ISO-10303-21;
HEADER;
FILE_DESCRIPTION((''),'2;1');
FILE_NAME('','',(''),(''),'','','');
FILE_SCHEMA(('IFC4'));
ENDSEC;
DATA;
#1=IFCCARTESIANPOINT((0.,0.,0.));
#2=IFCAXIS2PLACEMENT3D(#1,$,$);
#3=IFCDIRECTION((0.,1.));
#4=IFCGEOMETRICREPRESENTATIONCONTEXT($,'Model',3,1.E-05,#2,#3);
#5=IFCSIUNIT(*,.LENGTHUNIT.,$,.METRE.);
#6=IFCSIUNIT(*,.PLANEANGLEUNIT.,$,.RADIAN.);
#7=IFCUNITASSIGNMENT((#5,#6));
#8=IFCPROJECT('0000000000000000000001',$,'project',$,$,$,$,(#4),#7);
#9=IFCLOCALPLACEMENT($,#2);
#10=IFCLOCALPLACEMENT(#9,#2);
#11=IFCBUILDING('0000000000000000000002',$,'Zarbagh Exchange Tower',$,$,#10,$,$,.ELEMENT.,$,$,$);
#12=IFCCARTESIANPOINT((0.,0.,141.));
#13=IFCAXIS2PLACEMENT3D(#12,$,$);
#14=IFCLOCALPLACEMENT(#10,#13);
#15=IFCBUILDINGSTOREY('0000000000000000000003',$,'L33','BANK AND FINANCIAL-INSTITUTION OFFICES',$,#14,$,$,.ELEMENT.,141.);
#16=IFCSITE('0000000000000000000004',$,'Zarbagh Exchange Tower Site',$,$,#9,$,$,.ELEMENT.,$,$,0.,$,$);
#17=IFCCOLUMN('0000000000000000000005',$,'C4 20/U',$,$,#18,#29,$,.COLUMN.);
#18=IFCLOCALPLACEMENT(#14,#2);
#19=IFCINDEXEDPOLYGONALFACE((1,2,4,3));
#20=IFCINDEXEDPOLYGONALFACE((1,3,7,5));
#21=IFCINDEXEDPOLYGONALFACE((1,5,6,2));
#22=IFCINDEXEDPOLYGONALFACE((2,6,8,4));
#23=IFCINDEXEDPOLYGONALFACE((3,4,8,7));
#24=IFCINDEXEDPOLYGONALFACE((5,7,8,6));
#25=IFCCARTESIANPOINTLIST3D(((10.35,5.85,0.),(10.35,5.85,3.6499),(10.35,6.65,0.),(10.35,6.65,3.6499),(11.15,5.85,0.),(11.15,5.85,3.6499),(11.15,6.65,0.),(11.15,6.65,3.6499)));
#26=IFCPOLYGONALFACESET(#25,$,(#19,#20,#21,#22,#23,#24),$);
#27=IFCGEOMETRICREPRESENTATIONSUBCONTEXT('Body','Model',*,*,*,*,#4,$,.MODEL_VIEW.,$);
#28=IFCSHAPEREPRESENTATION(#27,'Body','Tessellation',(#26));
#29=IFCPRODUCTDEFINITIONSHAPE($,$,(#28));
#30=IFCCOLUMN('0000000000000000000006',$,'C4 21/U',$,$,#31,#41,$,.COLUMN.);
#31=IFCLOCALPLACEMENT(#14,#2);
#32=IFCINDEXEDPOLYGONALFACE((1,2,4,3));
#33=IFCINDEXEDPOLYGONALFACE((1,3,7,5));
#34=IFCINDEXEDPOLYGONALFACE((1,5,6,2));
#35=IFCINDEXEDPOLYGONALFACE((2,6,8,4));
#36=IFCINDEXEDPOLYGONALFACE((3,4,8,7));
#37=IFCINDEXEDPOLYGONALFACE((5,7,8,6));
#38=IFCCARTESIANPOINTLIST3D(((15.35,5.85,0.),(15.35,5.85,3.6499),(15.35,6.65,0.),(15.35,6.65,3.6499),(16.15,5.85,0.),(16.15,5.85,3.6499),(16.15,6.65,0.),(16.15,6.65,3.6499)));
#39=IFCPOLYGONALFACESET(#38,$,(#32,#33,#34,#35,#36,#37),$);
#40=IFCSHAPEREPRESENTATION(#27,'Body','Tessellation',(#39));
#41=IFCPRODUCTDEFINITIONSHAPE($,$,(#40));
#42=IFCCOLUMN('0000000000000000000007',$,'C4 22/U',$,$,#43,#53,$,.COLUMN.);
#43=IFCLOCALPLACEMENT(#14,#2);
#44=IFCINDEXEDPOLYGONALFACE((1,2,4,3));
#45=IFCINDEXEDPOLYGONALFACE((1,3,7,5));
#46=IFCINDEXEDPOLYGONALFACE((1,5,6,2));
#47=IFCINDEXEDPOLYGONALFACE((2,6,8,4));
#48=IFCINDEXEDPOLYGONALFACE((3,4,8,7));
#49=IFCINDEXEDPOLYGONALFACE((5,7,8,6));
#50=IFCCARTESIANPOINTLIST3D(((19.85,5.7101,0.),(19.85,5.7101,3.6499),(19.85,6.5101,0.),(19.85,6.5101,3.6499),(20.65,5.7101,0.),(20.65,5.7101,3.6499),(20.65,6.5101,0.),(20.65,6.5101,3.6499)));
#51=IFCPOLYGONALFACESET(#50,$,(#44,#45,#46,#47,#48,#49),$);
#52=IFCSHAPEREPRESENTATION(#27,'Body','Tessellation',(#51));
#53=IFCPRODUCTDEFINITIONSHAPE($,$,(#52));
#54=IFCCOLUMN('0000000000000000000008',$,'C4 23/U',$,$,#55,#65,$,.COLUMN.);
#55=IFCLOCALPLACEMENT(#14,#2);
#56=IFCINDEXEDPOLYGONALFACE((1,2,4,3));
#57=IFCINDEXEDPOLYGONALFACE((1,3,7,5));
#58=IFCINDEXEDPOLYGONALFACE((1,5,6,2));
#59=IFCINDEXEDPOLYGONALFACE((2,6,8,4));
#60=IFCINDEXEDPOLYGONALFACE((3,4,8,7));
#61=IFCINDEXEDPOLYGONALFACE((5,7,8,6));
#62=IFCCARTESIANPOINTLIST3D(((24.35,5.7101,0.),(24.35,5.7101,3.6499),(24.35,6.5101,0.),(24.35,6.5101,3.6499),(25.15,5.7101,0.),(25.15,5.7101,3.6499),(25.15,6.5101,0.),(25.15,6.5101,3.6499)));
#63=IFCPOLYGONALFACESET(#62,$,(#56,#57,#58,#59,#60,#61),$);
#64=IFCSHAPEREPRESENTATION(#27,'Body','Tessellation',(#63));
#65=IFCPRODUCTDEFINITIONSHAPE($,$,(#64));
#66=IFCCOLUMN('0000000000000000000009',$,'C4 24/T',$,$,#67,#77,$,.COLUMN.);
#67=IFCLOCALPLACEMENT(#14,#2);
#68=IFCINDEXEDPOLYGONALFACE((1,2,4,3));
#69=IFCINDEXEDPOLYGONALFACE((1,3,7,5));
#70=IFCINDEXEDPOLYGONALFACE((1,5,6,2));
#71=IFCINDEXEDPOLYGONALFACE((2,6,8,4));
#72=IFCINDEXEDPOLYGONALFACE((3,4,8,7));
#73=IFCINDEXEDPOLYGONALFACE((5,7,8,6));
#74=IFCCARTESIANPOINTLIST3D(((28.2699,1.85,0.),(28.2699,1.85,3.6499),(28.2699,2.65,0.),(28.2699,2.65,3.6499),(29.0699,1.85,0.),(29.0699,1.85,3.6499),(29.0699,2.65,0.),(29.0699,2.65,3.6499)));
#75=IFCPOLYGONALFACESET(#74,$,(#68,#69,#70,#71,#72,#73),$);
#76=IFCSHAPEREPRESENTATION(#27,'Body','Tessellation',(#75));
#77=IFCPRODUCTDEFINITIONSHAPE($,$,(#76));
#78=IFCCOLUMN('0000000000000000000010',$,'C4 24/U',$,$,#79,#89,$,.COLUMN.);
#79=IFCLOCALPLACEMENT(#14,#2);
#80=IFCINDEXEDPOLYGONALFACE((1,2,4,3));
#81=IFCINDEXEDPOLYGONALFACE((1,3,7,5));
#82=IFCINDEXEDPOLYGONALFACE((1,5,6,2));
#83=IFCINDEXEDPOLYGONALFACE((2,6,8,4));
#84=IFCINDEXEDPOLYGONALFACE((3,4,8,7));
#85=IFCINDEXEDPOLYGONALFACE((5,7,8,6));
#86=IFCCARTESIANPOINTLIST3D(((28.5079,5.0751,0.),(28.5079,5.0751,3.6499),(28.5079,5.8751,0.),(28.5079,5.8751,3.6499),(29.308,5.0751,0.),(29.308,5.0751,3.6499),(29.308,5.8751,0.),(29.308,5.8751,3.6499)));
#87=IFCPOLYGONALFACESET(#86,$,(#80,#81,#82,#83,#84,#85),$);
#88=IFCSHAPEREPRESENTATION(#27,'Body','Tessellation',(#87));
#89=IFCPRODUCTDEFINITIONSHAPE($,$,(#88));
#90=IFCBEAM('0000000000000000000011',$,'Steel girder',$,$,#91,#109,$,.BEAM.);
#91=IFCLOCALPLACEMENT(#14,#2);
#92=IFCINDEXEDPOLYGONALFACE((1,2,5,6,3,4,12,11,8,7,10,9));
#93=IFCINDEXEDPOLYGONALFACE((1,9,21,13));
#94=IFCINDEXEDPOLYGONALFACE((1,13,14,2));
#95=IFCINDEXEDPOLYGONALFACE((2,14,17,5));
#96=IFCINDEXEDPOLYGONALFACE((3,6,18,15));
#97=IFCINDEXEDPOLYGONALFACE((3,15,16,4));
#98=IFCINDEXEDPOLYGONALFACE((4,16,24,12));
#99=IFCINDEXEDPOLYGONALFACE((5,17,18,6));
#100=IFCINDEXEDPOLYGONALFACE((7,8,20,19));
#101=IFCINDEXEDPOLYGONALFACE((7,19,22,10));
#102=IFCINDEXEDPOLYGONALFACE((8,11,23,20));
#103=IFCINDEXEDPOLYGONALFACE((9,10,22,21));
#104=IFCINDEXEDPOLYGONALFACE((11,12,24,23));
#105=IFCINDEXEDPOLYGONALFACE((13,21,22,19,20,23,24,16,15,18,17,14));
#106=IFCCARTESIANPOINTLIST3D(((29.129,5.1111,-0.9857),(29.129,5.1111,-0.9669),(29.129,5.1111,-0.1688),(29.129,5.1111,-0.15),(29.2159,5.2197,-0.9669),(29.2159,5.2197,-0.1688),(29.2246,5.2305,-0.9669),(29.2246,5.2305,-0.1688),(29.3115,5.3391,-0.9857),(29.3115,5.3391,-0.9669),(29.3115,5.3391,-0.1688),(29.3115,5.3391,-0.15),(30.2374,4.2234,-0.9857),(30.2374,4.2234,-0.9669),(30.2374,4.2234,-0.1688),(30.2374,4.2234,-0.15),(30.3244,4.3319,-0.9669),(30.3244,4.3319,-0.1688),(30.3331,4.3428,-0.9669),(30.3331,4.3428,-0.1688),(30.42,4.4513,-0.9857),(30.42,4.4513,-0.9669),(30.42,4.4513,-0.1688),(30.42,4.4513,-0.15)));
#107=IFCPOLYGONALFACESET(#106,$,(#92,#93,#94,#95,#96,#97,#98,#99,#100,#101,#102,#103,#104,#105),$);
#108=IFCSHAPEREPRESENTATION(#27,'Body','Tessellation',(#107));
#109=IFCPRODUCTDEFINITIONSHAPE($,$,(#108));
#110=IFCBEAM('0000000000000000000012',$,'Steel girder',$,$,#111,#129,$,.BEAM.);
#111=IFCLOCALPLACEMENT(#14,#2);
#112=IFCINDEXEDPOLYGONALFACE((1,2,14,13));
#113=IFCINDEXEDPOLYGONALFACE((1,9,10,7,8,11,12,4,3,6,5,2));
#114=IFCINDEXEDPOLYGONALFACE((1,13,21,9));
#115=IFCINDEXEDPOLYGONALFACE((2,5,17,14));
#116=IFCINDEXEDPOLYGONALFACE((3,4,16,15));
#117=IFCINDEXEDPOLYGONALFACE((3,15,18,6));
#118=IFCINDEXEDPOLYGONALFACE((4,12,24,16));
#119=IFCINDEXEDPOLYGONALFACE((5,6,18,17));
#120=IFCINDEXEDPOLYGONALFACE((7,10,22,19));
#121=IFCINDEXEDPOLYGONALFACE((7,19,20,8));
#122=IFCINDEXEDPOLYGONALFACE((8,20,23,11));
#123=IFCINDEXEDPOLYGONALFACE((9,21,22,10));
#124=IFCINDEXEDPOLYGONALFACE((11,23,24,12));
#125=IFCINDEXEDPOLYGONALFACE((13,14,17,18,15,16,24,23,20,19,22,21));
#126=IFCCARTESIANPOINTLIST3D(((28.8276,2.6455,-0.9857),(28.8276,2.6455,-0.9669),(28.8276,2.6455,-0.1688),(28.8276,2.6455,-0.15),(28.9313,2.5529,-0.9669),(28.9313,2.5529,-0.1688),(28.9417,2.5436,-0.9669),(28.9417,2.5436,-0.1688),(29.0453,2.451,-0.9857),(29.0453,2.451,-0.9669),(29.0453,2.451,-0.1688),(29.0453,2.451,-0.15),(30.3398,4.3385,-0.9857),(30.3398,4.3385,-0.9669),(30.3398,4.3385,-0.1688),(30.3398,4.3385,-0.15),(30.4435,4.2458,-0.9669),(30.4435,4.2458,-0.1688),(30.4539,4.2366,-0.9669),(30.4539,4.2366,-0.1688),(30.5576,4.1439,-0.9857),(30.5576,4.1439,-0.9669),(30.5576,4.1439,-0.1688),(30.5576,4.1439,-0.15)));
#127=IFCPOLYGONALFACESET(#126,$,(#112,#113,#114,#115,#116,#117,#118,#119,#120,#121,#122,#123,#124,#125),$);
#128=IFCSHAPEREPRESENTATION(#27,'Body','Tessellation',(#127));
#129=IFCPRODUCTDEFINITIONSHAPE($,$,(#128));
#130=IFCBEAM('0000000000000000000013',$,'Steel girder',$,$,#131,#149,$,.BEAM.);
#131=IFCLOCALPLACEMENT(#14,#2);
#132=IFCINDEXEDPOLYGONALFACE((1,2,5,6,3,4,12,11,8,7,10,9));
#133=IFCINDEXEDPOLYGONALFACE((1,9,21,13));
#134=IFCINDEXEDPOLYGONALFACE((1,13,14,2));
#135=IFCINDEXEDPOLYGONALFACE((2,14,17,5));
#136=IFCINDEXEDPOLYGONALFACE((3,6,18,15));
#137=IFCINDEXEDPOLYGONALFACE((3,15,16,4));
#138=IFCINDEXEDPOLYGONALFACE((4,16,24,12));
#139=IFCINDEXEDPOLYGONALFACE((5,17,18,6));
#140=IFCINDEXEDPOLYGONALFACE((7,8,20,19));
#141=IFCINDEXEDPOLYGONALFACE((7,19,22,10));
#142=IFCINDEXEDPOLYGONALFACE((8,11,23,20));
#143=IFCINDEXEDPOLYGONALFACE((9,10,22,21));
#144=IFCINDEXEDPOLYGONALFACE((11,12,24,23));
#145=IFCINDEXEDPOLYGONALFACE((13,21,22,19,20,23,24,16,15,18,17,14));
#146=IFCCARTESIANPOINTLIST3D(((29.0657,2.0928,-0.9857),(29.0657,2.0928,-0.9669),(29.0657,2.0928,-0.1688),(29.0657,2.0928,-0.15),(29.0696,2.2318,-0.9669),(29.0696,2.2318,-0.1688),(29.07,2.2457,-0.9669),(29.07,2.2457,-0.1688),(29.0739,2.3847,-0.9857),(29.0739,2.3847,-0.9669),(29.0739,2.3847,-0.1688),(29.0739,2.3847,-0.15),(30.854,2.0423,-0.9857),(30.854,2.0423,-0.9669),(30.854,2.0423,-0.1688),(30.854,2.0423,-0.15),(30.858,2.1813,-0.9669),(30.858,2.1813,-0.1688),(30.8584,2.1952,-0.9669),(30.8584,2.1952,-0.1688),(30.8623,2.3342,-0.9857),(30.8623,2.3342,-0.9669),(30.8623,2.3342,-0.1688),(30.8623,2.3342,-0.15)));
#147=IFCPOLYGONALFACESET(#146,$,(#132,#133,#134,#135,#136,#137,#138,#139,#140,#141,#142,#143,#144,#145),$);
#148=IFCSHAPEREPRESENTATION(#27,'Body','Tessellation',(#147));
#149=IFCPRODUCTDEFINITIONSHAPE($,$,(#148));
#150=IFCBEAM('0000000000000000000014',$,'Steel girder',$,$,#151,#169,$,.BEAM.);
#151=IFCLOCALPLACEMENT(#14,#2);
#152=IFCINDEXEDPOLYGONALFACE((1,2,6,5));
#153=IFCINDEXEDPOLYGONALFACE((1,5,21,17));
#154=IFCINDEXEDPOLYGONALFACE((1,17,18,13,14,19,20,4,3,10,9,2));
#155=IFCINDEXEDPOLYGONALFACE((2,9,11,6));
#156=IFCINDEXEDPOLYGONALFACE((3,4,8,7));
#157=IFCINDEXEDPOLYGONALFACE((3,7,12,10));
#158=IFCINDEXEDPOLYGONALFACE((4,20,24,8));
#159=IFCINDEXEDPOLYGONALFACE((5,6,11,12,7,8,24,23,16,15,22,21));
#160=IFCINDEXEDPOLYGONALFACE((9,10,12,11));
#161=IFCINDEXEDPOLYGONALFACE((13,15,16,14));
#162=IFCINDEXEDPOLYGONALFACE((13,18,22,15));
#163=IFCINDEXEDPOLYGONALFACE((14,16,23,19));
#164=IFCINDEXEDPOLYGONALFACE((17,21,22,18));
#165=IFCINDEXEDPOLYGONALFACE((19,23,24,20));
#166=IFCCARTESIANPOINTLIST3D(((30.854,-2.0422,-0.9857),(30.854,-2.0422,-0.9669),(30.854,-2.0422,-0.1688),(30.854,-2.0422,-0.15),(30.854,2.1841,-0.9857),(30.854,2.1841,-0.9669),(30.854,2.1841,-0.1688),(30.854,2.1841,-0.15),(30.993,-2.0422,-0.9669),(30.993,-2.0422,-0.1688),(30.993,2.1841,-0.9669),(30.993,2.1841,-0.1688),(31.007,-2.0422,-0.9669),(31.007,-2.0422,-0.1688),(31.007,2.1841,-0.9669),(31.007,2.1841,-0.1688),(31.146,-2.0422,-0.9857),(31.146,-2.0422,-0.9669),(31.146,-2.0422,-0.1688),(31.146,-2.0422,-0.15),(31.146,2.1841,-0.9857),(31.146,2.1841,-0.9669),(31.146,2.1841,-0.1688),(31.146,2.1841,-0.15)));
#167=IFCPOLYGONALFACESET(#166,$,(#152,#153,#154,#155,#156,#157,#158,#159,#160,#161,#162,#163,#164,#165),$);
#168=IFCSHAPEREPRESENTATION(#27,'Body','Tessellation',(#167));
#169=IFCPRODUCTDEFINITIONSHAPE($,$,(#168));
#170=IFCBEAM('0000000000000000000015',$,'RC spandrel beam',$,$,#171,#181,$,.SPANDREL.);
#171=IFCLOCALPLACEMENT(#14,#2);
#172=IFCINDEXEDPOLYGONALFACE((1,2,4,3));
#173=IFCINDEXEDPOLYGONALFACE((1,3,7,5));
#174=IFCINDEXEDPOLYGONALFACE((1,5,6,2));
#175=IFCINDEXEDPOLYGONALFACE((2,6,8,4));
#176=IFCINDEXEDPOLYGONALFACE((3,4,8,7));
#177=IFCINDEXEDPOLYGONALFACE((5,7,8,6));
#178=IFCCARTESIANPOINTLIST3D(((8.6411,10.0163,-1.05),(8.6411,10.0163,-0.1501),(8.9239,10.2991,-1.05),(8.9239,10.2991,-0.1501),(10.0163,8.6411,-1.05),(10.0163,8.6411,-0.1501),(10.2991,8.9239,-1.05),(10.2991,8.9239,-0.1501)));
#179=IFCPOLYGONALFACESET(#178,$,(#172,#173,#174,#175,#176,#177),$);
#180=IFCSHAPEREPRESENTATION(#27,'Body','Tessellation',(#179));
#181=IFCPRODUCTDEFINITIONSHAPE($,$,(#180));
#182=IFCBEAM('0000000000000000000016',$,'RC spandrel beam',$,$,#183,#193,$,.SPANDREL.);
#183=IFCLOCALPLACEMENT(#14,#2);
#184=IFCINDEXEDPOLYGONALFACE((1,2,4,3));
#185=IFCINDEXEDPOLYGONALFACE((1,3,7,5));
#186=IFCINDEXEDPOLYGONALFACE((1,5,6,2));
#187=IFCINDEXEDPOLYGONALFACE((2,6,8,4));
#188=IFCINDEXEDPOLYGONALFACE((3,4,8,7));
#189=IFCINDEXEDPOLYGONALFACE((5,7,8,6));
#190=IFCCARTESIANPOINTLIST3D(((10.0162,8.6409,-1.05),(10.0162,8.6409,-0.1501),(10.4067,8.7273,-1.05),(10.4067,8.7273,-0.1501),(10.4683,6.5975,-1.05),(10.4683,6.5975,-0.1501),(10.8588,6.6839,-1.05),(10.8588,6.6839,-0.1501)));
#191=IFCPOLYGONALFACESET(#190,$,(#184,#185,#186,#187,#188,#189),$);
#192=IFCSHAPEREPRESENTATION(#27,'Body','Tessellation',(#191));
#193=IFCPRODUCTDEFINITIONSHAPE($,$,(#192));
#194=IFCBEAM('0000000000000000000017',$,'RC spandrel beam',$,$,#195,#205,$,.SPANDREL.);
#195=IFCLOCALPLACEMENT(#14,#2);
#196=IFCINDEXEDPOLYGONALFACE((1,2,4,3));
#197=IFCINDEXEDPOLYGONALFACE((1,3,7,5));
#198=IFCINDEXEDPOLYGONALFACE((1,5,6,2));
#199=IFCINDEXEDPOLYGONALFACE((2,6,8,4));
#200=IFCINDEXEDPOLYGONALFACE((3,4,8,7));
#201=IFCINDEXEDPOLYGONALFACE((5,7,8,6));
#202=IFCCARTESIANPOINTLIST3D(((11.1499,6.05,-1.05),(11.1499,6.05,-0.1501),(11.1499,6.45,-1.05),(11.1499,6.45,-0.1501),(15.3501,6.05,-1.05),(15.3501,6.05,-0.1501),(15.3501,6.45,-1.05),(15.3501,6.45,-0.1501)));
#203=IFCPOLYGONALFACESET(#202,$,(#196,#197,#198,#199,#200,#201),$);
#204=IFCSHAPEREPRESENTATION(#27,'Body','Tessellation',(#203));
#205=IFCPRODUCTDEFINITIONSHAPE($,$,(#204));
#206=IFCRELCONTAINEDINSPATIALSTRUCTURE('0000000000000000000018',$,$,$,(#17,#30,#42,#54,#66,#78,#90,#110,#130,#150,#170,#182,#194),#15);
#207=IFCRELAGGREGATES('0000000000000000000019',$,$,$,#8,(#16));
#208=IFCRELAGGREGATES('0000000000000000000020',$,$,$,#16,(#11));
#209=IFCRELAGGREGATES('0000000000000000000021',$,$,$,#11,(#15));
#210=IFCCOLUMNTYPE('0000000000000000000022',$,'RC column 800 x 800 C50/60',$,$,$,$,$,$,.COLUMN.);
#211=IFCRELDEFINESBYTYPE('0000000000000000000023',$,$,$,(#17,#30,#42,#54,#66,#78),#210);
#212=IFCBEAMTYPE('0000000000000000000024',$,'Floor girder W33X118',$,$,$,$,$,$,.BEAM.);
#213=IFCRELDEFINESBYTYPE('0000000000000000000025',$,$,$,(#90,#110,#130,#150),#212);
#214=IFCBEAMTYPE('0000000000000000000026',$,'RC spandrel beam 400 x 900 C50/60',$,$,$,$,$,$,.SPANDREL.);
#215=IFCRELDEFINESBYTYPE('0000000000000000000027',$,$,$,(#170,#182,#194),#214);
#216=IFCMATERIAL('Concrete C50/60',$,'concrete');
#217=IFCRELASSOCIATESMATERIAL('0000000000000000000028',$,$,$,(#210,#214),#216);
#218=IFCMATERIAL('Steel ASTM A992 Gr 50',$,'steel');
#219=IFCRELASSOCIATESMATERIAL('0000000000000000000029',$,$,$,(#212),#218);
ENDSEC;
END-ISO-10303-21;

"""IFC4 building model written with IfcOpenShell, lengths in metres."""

from ifc_helpers import new_model, si_unit, direction, frame, origin, origin_2d, place, context, subcontext, project, spatial, rectangle, i_section, extrude, material, material_profile, profile_set, type_object, element, save


model = new_model("IFC4")

# Units and contexts
model_context = context("Model", 3, precision=1e-05, world=origin(), true_north=direction((0.0, 1.0)))
body_context = subcontext(model_context, "Body", "Model", "MODEL_VIEW")
ifc_project = project(units=[si_unit("LENGTHUNIT", "METRE"), si_unit("PLANEANGLEUNIT", "RADIAN")], contexts=[model_context])

# Site, building, storey
site_placement = place(None, origin())
site = spatial("IfcSite", under=ifc_project, at=site_placement, Name="Zarbagh Exchange Tower Site", CompositionType="ELEMENT", RefElevation=0.0)
building_placement = place(site_placement, origin())
building = spatial("IfcBuilding", under=site, at=building_placement, Name="Zarbagh Exchange Tower", CompositionType="ELEMENT")
storey_placement = place(building_placement, frame((0.0, 0.0, 141.0)))
storey = spatial("IfcBuildingStorey", under=building, at=storey_placement, Name="L33", Description="BANK AND FINANCIAL-INSTITUTION OFFICES", CompositionType="ELEMENT", Elevation=141.0)

# Columns
ifc_material_1 = material(Name="Concrete C50/60", Category="concrete")
ifc_material_profile_1 = material_profile(ifc_material_1, rectangle(XDim=0.8, YDim=0.8, at=origin_2d()), Name="RC column 800 x 800 C50/60")
ifc_profile_set_1 = profile_set([ifc_material_profile_1], Name="Concrete C50/60")
column_type = type_object("IfcColumnType", Name="RC column 800 x 800 C50/60", PredefinedType="COLUMN", material=ifc_profile_set_1)
for number, where, z_axis, x_axis, name in (
    (1, (10.75, 6.25, 0.0), (0.0, 0.0, 1.0), (1.0, 0.0, 0.0), "C4 20/U"),
    (2, (15.75, 6.25, 0.0), (0.0, 0.0, 1.0), (1.0, 0.0, 0.0), "C4 21/U"),
    (3, (20.25, 6.1101, 0.0), (0.0, 0.0, 1.0), (1.0, 0.0, 0.0), "C4 22/U"),
    (4, (24.75, 6.1101, 0.0), (0.0, 0.0, 1.0), (1.0, 0.0, 0.0), "C4 23/U"),
    (5, (28.6699, 2.25, 0.0), (0.0, 0.0, 1.0), (1.0, 0.0, 0.0), "C4 24/T"),
    (6, (28.908, 5.4751, 0.0), (0.0, 0.0, 1.0), (1.0, 0.0, 0.0), "C4 24/U"),
):
    element("IfcColumn", number, at=place(storey_placement, frame(where, z_axis=z_axis, x_axis=x_axis)), inside=storey, type_object=column_type, Name=name, PredefinedType="COLUMN", context=body_context, shape_type="SweptSolid", body=[
        extrude(rectangle(XDim=0.8, YDim=0.8, at=origin_2d()), origin(), (0.0, 0.0, 1.0), 3.6499),
    ])

# Beams
ifc_material_2 = material(Name="Steel ASTM A992 Gr 50", Category="steel")
ifc_material_profile_2 = material_profile(ifc_material_2, i_section(OverallWidth=0.292, OverallDepth=0.8357, WebThickness=0.0139, FlangeThickness=0.0188, at=origin_2d()), Name="W33X118")
ifc_profile_set_2 = profile_set([ifc_material_profile_2], Name="Steel ASTM A992 Gr 50")
beam_type_1 = type_object("IfcBeamType", Name="Floor girder W33X118", PredefinedType="BEAM", material=ifc_profile_set_2)
beam_1_placement = place(storey_placement, frame((29.2202, 5.2251, -0.5679), z_axis=(0.780533, -0.625114, 0.0), x_axis=(0.625114, 0.780533, 0.0)))
element("IfcBeam", 7, at=beam_1_placement, inside=storey, type_object=beam_type_1, Name="Steel girder", PredefinedType="BEAM", context=body_context, shape_type="SweptSolid", body=[
    extrude(i_section(OverallWidth=0.292, OverallDepth=0.8357, WebThickness=0.0139, FlangeThickness=0.0188, at=origin_2d()), origin(), (0.0, 0.0, 1.0), 1.4202),
])
beam_2_placement = place(storey_placement, frame((30.4487, 4.2412, -0.5679), z_axis=(-0.666191, -0.745781, 0.0), x_axis=(0.745781, -0.666191, 0.0)))
element("IfcBeam", 8, at=beam_2_placement, inside=storey, type_object=beam_type_1, Name="Steel girder", PredefinedType="BEAM", context=body_context, shape_type="SweptSolid", body=[
    extrude(i_section(OverallWidth=0.292, OverallDepth=0.8357, WebThickness=0.0139, FlangeThickness=0.0188, at=origin_2d()), origin(), (0.0, 0.0, 1.0), 2.27),
])
beam_3_placement = place(storey_placement, frame((29.0698, 2.2388, -0.5679), z_axis=(0.999601, -0.028248, 0.0), x_axis=(0.028248, 0.999601, 0.0)))
element("IfcBeam", 9, at=beam_3_placement, inside=storey, type_object=beam_type_1, Name="Steel girder", PredefinedType="BEAM", context=body_context, shape_type="SweptSolid", body=[
    extrude(i_section(OverallWidth=0.292, OverallDepth=0.8357, WebThickness=0.0139, FlangeThickness=0.0188, at=origin_2d()), origin(), (0.0, 0.0, 1.0), 1.7891),
])
beam_4_placement = place(storey_placement, frame((31.0, 2.1841, -0.5679), z_axis=(0.0, -1.0, 0.0), x_axis=(1.0, 0.0, 0.0)))
element("IfcBeam", 10, at=beam_4_placement, inside=storey, type_object=beam_type_1, Name="Steel girder", PredefinedType="BEAM", context=body_context, shape_type="SweptSolid", body=[
    extrude(i_section(OverallWidth=0.292, OverallDepth=0.8357, WebThickness=0.0139, FlangeThickness=0.0188, at=origin_2d()), origin(), (0.0, 0.0, 1.0), 4.2263),
])
ifc_material_profile_3 = material_profile(ifc_material_1, rectangle(XDim=0.3999, YDim=0.8999, at=origin_2d()), Name="RC spandrel beam 400 x 900 C50/60")
ifc_profile_set_3 = profile_set([ifc_material_profile_3], Name="Concrete C50/60")
beam_type_2 = type_object("IfcBeamType", Name="RC spandrel beam 400 x 900 C50/60", PredefinedType="SPANDREL", material=ifc_profile_set_3)
beam_5_placement = place(storey_placement, frame((8.7825, 10.1577, -0.6001), z_axis=(0.707107, -0.707107, 0.0), x_axis=(0.707107, 0.707107, 0.0)))
element("IfcBeam", 11, at=beam_5_placement, inside=storey, type_object=beam_type_2, Name="RC spandrel beam", PredefinedType="SPANDREL", context=body_context, shape_type="SweptSolid", body=[
    extrude(rectangle(XDim=0.3999, YDim=0.8999, at=origin_2d()), origin(), (0.0, 0.0, 1.0), 1.9448),
])
beam_6_placement = place(storey_placement, frame((10.2114, 8.6841, -0.6001), z_axis=(0.216041, -0.976384, 0.0), x_axis=(0.976384, 0.216041, 0.0)))
element("IfcBeam", 12, at=beam_6_placement, inside=storey, type_object=beam_type_2, Name="RC spandrel beam", PredefinedType="SPANDREL", context=body_context, shape_type="SweptSolid", body=[
    extrude(rectangle(XDim=0.3999, YDim=0.8999, at=origin_2d()), origin(), (0.0, 0.0, 1.0), 2.0928),
])
beam_7_placement = place(storey_placement, frame((11.1499, 6.25, -0.6001), z_axis=(1.0, 0.0, 0.0), x_axis=(0.0, 1.0, 0.0)))
element("IfcBeam", 13, at=beam_7_placement, inside=storey, type_object=beam_type_2, Name="RC spandrel beam", PredefinedType="SPANDREL", context=body_context, shape_type="SweptSolid", body=[
    extrude(rectangle(XDim=0.3999, YDim=0.8999, at=origin_2d()), origin(), (0.0, 0.0, 1.0), 4.2002),
])

save(model, "model.ifc")
